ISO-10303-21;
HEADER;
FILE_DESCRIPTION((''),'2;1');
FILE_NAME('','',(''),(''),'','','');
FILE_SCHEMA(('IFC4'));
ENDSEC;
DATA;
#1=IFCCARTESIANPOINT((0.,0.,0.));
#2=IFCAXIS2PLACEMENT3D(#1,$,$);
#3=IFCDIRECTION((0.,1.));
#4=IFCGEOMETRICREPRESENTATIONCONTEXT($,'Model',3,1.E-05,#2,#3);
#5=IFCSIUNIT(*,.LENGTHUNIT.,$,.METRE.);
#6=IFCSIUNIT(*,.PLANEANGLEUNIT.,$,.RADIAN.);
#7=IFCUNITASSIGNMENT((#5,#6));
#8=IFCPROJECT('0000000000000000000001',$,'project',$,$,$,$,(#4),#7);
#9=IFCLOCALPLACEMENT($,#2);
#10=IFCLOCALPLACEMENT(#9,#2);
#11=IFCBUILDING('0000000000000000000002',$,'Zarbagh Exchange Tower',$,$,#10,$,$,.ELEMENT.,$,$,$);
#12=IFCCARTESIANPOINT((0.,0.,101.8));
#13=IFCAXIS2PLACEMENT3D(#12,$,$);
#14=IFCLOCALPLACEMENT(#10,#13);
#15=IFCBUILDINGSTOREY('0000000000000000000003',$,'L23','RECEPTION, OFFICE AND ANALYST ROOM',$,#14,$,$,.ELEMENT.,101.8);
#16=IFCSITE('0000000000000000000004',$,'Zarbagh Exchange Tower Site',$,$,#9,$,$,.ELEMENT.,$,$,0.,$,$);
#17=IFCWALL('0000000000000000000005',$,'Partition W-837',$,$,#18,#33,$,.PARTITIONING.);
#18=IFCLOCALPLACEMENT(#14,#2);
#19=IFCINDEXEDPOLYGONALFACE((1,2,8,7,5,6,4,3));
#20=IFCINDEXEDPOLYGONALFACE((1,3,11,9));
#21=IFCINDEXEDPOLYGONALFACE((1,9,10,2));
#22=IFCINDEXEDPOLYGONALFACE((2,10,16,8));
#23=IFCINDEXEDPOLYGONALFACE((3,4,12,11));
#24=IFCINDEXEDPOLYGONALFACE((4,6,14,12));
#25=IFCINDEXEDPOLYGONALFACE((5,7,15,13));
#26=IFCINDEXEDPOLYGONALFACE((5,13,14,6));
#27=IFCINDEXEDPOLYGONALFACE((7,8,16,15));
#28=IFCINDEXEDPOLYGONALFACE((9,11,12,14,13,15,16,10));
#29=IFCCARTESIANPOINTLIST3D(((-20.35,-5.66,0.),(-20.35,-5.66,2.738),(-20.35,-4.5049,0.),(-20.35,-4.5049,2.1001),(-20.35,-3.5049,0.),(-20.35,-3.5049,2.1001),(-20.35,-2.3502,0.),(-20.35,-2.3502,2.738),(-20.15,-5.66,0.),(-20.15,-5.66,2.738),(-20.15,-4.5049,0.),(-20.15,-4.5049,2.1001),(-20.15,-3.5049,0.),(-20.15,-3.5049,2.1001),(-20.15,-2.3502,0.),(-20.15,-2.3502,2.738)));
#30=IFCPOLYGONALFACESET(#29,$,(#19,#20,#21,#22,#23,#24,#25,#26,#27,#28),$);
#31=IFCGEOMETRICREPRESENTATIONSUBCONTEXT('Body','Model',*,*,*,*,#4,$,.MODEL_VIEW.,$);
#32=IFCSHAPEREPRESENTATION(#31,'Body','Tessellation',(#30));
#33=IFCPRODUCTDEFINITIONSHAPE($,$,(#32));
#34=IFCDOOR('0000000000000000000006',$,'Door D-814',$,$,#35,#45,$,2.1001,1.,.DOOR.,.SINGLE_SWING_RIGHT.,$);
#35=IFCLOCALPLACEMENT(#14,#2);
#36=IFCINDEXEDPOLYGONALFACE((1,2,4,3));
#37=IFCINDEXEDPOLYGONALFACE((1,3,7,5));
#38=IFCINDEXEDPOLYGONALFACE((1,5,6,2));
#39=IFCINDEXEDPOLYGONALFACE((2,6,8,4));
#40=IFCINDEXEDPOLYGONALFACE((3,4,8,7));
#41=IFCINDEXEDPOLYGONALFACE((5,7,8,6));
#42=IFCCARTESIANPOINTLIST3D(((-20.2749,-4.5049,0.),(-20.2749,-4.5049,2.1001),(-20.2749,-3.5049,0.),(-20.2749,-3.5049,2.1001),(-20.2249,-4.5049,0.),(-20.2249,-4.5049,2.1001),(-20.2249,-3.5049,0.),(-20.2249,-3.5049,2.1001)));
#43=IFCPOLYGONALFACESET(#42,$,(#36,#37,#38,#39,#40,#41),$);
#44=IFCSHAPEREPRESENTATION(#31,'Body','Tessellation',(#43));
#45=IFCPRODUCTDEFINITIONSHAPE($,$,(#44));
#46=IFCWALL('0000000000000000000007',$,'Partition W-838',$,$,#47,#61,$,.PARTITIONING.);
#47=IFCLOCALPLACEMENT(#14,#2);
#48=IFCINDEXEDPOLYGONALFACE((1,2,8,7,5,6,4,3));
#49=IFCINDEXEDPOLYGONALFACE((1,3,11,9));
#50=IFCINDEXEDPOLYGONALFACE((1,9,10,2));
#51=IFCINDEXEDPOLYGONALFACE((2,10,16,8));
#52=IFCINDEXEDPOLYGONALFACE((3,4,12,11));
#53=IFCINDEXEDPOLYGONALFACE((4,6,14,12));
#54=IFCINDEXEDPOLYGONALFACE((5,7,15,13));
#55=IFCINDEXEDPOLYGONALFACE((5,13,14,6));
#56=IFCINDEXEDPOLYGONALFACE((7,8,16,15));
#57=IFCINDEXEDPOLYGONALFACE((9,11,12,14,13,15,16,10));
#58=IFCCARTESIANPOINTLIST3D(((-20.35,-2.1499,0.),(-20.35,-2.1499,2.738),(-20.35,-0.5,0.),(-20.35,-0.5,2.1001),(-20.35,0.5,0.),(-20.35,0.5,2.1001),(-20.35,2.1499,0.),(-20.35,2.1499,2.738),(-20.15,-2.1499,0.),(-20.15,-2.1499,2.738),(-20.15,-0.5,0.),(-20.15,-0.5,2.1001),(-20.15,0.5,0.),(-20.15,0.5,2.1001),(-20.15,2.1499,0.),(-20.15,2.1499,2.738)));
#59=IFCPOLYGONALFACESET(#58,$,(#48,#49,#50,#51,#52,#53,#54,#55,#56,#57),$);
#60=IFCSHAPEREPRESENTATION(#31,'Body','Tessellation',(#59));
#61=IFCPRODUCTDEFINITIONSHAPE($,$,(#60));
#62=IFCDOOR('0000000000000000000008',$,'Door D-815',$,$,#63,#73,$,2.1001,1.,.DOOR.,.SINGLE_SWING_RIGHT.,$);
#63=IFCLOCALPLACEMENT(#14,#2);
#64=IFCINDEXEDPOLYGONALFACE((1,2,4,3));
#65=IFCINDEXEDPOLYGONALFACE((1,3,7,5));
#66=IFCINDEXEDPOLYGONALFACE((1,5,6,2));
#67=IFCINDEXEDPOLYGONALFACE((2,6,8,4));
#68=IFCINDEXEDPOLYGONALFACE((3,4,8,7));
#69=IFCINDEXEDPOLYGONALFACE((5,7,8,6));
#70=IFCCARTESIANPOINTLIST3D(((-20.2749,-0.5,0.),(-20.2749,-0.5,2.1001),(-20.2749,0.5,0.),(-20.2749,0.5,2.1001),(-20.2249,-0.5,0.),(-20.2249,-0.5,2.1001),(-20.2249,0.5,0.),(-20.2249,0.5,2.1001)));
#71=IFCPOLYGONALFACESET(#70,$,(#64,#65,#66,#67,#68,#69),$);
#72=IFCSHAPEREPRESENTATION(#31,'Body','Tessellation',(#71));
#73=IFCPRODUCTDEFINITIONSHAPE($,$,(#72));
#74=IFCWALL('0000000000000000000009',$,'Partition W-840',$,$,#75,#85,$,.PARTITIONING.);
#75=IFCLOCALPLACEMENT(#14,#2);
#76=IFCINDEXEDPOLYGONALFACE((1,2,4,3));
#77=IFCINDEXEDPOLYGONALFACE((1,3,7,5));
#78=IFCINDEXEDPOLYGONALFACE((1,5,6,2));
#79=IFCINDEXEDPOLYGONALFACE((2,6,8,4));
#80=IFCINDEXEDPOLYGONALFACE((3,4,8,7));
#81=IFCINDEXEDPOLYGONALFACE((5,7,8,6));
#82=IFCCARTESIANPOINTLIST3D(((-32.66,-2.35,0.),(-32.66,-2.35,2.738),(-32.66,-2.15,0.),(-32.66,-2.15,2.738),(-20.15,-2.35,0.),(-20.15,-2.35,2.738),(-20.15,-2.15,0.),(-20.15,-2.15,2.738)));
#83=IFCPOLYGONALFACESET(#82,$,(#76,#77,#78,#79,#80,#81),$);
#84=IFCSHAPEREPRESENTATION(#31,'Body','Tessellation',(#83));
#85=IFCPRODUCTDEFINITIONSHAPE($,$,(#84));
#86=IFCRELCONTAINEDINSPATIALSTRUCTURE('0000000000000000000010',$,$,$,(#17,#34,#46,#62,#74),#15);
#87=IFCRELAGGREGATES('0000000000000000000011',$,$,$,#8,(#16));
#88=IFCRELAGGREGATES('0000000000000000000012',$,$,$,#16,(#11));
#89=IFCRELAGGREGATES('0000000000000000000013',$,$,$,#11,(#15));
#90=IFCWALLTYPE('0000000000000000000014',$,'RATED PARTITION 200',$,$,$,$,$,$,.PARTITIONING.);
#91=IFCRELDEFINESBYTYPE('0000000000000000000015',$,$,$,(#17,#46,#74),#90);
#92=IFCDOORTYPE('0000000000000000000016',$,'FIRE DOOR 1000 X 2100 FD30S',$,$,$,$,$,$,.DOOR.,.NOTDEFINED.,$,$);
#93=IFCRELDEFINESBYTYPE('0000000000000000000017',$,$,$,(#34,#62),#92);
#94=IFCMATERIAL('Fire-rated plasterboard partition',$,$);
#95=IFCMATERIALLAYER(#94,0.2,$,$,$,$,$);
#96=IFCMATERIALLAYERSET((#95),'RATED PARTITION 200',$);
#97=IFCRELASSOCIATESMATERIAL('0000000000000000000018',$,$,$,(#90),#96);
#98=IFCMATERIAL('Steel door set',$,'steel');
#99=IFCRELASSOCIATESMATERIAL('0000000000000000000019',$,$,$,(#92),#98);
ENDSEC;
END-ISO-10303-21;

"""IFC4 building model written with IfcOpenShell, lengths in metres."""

from ifc_helpers import new_model, si_unit, direction, frame, frame_2d, origin, place, context, subcontext, project, spatial, rectangle, extrude, material, layer, layer_set, type_object, element, fill, save


model = new_model("IFC4")

# Units and contexts
model_context = context("Model", 3, precision=1e-05, world=origin(), true_north=direction((0.0, 1.0)))
body_context = subcontext(model_context, "Body", "Model", "MODEL_VIEW")
ifc_project = project(units=[si_unit("LENGTHUNIT", "METRE"), si_unit("PLANEANGLEUNIT", "RADIAN")], contexts=[model_context])

# Site, building, storey
site_placement = place(None, origin())
site = spatial("IfcSite", under=ifc_project, at=site_placement, Name="Zarbagh Exchange Tower Site", CompositionType="ELEMENT", RefElevation=0.0)
building_placement = place(site_placement, origin())
building = spatial("IfcBuilding", under=site, at=building_placement, Name="Zarbagh Exchange Tower", CompositionType="ELEMENT")
storey_placement = place(building_placement, frame((0.0, 0.0, 101.8)))
storey = spatial("IfcBuildingStorey", under=building, at=storey_placement, Name="L23", Description="RECEPTION, OFFICE AND ANALYST ROOM", CompositionType="ELEMENT", Elevation=101.8)

# Shared definitions
ifc_material_1 = material(Name="Fire-rated plasterboard partition")
ifc_layer = layer(ifc_material_1, 0.2)
ifc_layer_set = layer_set([ifc_layer], Name="RATED PARTITION 200")
wall_type = type_object("IfcWallType", Name="RATED PARTITION 200", PredefinedType="PARTITIONING", material=ifc_layer_set)

# Shared definitions
ifc_material_2 = material(Name="Steel door set", Category="steel")
door_type = type_object("IfcDoorType", Name="FIRE DOOR 1000 X 2100 FD30S", OperationType="NOTDEFINED", PredefinedType="DOOR", material=ifc_material_2)

# Walls, openings, doors
wall_1_placement = place(storey_placement, frame((-20.25, -5.6599, 0.0), z_axis=(0.0, 0.0, 1.0), x_axis=(0.0, 1.0, 0.0)))
wall_1 = element("IfcWall", 1, at=wall_1_placement, inside=storey, type_object=wall_type, Name="Partition W-837", PredefinedType="PARTITIONING", context=body_context, shape_type="SweptSolid", body=[
    extrude(rectangle(XDim=3.3098, YDim=0.2, at=frame_2d((1.6548, 0.0))), origin(), (0.0, 0.0, 1.0), 2.738),
])
opening_1_placement = place(wall_1_placement, frame((1.155, 0.0, 0.0)))
opening_1 = element("IfcOpeningElement", 2, at=opening_1_placement, cuts=wall_1, PredefinedType="OPENING", context=body_context, shape_type="SweptSolid", body=[
    extrude(rectangle(XDim=1.0, YDim=2.1001, at=frame_2d((0.5, 1.05))), frame((0.0, 0.1099, 0.0), z_axis=(0.0, -1.0, 0.0), x_axis=(1.0, 0.0, 0.0)), (0.0, 0.0, 1.0), 0.22),
])
door_1_placement = place(opening_1_placement, origin())
door_1 = element("IfcDoor", 3, at=door_1_placement, inside=storey, type_object=door_type, Name="Door D-814", OperationType="SINGLE_SWING_RIGHT", OverallHeight=2.1001, OverallWidth=1.0, PredefinedType="DOOR", context=body_context, shape_type="SweptSolid", body=[
    extrude(rectangle(XDim=1.0, YDim=2.1001, at=frame_2d((0.5, 1.05))), frame((0.0, 0.0249, 0.0), z_axis=(0.0, -1.0, 0.0), x_axis=(1.0, 0.0, 0.0)), (0.0, 0.0, 1.0), 0.05),
])
fill(opening_1, door_1)
wall_2_placement = place(storey_placement, frame((-20.25, -2.1499, 0.0), z_axis=(0.0, 0.0, 1.0), x_axis=(0.0, 1.0, 0.0)))
wall_2 = element("IfcWall", 4, at=wall_2_placement, inside=storey, type_object=wall_type, Name="Partition W-838", PredefinedType="PARTITIONING", context=body_context, shape_type="SweptSolid", body=[
    extrude(rectangle(XDim=4.2998, YDim=0.2, at=frame_2d((2.1499, 0.0))), origin(), (0.0, 0.0, 1.0), 2.738),
])
opening_2_placement = place(wall_2_placement, frame((1.6499, 0.0, 0.0)))
opening_2 = element("IfcOpeningElement", 5, at=opening_2_placement, cuts=wall_2, PredefinedType="OPENING", context=body_context, shape_type="SweptSolid", body=[
    extrude(rectangle(XDim=1.0, YDim=2.1001, at=frame_2d((0.5, 1.05))), frame((0.0, 0.1099, 0.0), z_axis=(0.0, -1.0, 0.0), x_axis=(1.0, 0.0, 0.0)), (0.0, 0.0, 1.0), 0.22),
])
door_2_placement = place(opening_2_placement, origin())
door_2 = element("IfcDoor", 6, at=door_2_placement, inside=storey, type_object=door_type, Name="Door D-815", OperationType="SINGLE_SWING_RIGHT", OverallHeight=2.1001, OverallWidth=1.0, PredefinedType="DOOR", context=body_context, shape_type="SweptSolid", body=[
    extrude(rectangle(XDim=1.0, YDim=2.1001, at=frame_2d((0.5, 1.05))), frame((0.0, 0.0249, 0.0), z_axis=(0.0, -1.0, 0.0), x_axis=(1.0, 0.0, 0.0)), (0.0, 0.0, 1.0), 0.05),
])
fill(opening_2, door_2)

# Wall
wall_3_placement = place(storey_placement, frame((-32.6599, -2.25, 0.0), z_axis=(0.0, 0.0, 1.0), x_axis=(1.0, 0.0, 0.0)))
element("IfcWall", 7, at=wall_3_placement, inside=storey, type_object=wall_type, Name="Partition W-840", PredefinedType="PARTITIONING", context=body_context, shape_type="SweptSolid", body=[
    extrude(rectangle(XDim=12.51, YDim=0.2, at=frame_2d((6.2549, 0.0))), origin(), (0.0, 0.0, 1.0), 2.738),
])

save(model, "model.ifc")
